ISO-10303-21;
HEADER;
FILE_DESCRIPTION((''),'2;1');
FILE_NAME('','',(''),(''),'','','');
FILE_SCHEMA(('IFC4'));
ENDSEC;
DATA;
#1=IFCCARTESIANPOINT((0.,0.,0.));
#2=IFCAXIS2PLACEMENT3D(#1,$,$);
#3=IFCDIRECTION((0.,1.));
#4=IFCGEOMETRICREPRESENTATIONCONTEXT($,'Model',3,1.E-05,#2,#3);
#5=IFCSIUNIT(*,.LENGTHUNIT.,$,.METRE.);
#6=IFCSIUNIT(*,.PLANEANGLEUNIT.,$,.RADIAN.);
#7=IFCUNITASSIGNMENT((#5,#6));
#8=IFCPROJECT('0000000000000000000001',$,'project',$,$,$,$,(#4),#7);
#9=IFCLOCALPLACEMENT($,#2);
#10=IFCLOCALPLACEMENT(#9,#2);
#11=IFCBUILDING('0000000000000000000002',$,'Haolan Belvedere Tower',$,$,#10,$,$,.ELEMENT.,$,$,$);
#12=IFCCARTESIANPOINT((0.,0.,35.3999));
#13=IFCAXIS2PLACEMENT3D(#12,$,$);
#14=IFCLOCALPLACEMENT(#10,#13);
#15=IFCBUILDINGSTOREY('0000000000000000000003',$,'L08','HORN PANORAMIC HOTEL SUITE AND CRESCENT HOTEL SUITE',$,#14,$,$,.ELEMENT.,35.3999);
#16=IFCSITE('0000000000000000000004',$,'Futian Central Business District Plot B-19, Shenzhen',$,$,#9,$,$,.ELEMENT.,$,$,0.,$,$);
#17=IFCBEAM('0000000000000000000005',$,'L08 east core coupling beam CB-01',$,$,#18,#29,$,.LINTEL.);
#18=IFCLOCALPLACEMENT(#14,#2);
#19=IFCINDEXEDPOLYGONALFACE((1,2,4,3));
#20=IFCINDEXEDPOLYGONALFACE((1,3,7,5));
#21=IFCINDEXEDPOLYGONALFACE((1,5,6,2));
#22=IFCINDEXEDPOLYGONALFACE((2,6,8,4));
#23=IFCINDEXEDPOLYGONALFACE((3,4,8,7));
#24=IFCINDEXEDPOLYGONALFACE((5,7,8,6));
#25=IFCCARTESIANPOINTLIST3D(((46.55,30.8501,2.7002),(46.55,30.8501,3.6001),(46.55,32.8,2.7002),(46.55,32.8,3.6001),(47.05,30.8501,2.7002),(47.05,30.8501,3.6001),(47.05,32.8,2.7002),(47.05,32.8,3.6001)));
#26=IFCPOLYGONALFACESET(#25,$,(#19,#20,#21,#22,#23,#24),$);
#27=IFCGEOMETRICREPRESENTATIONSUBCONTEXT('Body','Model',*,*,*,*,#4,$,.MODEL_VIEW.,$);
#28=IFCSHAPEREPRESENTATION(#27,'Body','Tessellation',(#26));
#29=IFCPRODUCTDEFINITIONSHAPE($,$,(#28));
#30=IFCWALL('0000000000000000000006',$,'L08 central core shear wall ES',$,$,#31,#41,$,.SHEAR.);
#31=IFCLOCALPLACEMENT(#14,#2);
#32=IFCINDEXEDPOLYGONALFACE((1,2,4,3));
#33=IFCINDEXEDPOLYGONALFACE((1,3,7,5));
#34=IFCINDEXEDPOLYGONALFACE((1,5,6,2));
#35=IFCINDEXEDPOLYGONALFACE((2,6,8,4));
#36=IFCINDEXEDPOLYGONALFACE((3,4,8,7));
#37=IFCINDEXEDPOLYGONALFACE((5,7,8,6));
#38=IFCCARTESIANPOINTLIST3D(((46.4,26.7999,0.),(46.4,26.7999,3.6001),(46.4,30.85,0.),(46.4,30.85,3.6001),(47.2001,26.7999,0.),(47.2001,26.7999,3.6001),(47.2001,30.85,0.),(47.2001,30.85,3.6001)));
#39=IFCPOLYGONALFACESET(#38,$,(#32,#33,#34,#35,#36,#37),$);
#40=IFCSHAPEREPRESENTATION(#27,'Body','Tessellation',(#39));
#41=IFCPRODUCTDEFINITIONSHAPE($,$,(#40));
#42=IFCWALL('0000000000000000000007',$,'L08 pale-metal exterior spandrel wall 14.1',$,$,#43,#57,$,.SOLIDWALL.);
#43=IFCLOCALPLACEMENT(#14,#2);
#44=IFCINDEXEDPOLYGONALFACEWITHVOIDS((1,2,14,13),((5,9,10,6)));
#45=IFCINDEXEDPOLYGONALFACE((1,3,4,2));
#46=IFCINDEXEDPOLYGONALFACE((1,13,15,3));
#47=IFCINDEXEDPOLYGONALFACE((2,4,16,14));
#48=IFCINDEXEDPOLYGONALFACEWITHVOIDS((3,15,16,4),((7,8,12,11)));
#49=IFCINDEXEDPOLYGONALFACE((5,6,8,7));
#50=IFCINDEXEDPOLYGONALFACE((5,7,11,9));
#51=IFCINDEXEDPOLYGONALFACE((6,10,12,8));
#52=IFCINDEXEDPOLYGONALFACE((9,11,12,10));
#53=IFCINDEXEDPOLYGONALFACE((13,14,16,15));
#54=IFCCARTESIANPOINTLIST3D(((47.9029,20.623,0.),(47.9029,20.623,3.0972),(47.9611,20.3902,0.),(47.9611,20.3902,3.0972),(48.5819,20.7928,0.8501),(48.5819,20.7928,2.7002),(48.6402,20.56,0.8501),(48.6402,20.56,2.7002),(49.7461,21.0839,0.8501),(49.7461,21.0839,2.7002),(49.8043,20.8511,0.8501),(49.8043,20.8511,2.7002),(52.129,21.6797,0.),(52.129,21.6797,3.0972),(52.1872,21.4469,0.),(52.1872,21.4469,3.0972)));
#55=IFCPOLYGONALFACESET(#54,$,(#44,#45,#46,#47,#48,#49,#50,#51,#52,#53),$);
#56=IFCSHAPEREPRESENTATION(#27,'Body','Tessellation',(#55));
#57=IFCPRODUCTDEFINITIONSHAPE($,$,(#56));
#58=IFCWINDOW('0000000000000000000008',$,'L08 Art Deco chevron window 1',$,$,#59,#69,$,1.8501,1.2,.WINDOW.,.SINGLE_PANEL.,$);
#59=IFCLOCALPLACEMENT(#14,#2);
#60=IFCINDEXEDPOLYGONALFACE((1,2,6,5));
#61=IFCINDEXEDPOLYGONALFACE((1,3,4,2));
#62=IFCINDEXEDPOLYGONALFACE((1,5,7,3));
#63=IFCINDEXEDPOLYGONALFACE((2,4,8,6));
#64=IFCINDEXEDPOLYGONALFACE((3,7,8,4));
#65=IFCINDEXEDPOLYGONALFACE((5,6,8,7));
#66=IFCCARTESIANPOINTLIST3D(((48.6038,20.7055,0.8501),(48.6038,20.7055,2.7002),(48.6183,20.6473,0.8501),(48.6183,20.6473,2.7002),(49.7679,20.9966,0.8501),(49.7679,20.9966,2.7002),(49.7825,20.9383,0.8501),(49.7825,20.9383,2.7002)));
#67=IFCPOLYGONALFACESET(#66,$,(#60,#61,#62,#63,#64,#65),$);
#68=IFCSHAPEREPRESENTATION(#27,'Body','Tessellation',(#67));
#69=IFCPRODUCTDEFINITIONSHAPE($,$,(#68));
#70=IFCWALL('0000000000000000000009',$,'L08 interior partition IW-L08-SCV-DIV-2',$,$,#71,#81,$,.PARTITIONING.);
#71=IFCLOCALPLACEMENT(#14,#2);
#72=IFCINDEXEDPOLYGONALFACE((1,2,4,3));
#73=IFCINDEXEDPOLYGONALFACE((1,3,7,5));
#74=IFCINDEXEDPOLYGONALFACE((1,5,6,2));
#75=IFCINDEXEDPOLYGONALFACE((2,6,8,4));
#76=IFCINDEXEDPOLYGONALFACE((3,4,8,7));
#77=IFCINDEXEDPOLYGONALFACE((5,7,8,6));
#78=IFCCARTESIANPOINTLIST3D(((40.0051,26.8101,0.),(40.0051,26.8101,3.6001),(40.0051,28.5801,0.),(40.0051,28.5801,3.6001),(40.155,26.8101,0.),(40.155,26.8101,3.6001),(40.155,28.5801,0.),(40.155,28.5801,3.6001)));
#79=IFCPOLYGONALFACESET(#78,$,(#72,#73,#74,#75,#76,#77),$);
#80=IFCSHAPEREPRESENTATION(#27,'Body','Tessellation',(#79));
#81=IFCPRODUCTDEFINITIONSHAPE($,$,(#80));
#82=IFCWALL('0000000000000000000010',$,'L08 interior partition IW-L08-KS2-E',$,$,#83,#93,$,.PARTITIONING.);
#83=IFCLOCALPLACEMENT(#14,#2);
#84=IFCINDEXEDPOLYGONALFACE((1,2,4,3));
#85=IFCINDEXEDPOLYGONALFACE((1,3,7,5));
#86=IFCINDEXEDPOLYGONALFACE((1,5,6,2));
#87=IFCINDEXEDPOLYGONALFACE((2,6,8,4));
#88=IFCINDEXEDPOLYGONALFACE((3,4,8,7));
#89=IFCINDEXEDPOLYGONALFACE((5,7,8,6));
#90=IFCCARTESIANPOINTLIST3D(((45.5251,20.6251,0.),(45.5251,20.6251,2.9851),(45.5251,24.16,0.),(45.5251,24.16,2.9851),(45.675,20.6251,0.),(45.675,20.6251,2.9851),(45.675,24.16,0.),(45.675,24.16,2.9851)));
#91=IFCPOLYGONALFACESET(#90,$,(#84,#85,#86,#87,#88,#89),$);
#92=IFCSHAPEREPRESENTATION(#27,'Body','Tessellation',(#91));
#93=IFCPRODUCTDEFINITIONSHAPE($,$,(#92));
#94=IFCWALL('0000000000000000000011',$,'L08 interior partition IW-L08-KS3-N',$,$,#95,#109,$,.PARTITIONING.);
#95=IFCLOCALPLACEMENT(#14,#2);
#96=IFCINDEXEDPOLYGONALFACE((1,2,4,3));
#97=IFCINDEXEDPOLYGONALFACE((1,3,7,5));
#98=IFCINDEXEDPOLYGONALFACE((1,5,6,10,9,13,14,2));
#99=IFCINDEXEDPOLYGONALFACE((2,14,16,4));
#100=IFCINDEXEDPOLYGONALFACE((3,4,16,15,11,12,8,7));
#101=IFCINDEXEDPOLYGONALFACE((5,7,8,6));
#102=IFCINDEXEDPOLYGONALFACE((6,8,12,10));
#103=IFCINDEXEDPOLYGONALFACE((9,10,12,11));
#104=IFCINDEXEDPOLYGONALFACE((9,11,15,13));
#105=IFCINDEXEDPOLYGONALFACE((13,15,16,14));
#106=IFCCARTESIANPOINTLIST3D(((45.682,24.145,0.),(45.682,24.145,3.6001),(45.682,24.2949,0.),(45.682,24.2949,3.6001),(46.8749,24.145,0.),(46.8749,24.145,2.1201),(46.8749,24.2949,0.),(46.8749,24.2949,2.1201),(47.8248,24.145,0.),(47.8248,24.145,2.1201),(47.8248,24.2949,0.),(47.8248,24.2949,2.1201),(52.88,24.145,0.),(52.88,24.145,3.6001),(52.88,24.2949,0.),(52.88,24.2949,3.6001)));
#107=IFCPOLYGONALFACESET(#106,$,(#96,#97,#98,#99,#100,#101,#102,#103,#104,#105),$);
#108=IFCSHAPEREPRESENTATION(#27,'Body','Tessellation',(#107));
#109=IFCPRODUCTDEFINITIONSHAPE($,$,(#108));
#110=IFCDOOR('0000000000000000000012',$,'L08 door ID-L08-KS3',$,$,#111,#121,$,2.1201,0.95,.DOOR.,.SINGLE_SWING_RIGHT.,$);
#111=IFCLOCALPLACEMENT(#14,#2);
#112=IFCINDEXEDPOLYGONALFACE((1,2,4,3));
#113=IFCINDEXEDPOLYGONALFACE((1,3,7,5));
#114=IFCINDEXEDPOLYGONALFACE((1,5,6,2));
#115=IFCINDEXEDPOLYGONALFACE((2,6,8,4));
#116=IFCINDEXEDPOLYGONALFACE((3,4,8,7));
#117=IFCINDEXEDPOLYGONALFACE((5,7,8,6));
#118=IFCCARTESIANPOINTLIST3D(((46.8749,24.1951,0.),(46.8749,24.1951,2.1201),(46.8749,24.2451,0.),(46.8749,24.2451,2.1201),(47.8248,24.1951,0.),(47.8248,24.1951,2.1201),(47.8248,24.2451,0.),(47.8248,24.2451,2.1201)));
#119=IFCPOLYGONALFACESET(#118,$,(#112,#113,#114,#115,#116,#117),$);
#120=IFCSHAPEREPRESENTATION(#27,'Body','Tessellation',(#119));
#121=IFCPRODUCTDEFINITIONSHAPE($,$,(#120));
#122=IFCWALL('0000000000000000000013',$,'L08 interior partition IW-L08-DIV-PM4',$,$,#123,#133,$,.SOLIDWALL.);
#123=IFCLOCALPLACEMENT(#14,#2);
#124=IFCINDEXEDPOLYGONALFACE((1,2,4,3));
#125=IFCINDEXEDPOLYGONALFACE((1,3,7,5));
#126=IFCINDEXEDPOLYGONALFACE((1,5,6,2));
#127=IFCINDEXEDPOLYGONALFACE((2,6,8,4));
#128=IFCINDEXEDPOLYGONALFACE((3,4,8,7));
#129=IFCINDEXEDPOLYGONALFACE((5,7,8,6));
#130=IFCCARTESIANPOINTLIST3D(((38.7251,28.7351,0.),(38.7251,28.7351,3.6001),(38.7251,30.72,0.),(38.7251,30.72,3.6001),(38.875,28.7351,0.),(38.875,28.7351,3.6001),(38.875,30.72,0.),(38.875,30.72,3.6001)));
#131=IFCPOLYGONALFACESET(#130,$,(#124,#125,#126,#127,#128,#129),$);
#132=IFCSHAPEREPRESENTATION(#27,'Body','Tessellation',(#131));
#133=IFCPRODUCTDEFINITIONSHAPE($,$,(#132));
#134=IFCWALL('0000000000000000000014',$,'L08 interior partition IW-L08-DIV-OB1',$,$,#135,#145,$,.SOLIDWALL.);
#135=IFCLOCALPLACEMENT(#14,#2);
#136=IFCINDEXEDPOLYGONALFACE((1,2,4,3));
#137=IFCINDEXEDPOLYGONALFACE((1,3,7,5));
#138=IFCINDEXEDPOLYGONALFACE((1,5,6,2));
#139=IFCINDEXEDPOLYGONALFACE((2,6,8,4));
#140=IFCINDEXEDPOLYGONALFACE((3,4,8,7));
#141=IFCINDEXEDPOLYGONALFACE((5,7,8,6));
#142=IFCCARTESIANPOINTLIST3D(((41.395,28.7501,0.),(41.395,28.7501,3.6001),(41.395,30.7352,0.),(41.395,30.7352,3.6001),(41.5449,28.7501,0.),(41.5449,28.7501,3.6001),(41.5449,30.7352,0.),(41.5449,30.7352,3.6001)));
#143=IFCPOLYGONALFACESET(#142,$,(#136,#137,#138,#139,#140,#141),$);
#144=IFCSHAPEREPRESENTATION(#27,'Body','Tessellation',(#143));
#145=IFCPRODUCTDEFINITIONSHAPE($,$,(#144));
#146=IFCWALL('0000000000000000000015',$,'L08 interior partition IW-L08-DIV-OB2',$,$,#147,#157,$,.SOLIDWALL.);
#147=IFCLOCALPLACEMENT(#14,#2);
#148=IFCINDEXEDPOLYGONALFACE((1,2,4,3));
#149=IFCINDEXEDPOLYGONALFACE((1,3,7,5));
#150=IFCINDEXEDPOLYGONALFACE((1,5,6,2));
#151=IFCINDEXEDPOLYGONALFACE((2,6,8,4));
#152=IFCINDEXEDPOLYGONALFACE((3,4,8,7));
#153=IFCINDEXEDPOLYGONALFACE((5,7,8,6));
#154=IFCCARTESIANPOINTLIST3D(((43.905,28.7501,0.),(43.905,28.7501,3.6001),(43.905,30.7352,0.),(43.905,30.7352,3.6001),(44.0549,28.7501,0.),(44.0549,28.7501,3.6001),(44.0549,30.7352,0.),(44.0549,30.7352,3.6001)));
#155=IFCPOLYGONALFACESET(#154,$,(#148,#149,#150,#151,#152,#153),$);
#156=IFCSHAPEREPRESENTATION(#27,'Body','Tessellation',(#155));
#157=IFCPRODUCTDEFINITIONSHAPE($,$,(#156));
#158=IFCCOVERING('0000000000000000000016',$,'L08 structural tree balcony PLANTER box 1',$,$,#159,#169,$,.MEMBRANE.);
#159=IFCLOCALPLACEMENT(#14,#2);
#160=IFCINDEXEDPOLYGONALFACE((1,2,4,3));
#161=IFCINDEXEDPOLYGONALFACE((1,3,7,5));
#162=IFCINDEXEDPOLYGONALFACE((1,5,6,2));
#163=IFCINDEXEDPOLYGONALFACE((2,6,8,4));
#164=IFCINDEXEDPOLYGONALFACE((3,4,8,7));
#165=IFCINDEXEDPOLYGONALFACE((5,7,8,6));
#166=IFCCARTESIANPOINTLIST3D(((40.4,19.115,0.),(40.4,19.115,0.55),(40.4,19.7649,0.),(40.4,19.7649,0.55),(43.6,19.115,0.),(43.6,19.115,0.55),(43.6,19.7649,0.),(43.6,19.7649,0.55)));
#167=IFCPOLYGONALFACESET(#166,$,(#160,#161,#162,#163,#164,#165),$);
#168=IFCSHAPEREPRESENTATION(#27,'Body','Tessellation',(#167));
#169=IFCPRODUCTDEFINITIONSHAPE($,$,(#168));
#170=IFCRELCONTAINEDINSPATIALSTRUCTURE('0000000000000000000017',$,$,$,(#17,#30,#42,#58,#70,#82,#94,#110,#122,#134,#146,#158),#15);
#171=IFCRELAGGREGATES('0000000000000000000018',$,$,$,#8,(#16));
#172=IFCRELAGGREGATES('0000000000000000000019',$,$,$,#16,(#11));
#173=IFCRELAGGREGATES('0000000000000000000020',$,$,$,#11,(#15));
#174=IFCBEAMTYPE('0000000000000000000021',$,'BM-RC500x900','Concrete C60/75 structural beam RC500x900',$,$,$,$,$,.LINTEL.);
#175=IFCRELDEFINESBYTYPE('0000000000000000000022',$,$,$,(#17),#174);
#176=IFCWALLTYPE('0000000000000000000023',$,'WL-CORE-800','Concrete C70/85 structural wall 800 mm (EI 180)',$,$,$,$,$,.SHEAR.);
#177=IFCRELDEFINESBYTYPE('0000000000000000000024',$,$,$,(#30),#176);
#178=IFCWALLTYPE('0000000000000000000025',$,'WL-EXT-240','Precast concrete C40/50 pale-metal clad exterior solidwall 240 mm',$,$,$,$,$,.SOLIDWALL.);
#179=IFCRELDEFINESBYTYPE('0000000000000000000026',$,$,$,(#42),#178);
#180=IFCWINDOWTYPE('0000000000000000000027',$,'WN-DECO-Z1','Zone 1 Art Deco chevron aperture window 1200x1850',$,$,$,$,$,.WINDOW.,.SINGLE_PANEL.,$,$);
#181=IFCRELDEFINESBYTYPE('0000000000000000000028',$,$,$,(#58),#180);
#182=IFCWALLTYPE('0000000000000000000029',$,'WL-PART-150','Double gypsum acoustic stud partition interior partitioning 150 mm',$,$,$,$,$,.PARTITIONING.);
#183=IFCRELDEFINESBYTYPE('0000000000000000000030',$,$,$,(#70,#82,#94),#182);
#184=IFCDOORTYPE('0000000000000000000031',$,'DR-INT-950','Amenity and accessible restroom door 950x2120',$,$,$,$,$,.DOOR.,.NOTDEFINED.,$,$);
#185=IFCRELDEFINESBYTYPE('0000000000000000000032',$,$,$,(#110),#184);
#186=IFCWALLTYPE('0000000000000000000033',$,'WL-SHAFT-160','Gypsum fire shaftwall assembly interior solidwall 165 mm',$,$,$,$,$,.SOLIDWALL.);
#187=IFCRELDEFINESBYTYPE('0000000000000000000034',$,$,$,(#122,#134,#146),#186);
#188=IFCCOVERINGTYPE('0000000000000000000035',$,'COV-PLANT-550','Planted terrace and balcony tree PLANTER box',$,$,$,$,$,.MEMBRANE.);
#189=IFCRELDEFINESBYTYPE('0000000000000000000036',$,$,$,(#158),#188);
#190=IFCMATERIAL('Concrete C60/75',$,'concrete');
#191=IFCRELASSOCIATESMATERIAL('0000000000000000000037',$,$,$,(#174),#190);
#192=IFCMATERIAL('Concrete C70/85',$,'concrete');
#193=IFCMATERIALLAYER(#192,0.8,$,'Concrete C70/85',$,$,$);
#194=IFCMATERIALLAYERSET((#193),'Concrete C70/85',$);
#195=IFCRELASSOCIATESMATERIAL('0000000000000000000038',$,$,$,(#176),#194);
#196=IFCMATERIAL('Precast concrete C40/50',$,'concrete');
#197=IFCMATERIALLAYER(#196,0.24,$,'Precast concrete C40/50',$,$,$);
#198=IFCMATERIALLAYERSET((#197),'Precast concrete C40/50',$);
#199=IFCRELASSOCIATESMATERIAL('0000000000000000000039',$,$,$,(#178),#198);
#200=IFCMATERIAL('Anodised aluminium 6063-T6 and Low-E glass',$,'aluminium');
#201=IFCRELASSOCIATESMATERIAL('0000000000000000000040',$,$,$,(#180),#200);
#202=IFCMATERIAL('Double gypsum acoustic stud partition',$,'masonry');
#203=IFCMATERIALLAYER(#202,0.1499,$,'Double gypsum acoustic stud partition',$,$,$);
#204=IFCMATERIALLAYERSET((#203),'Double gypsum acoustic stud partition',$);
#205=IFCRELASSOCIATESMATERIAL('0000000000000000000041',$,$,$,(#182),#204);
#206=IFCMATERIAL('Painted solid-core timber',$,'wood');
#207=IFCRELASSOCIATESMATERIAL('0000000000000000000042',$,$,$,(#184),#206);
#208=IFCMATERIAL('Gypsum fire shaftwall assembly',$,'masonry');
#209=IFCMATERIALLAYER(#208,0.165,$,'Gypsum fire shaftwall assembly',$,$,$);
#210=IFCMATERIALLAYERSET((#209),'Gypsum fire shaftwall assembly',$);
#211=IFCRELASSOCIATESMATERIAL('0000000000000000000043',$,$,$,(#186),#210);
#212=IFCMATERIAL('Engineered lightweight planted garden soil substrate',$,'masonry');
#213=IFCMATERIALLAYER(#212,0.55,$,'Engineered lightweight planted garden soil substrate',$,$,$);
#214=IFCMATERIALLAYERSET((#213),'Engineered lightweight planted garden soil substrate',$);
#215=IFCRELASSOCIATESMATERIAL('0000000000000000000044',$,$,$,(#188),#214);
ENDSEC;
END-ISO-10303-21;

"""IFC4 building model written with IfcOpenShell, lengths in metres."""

from ifc_helpers import new_model, si_unit, direction, frame, frame_2d, origin, origin_2d, place, context, subcontext, project, spatial, rectangle, extrude, material, layer, layer_set, material_profile, profile_set, type_object, element, fill, save


model = new_model("IFC4")

# Units and contexts
model_context = context("Model", 3, precision=1e-05, world=origin(), true_north=direction((0.0, 1.0)))
body_context = subcontext(model_context, "Body", "Model", "MODEL_VIEW")
ifc_project = project(units=[si_unit("LENGTHUNIT", "METRE"), si_unit("PLANEANGLEUNIT", "RADIAN")], contexts=[model_context])

# Site, building, storey
site_placement = place(None, origin())
site = spatial("IfcSite", under=ifc_project, at=site_placement, Name="Futian Central Business District Plot B-19, Shenzhen", CompositionType="ELEMENT", RefElevation=0.0)
building_placement = place(site_placement, origin())
building = spatial("IfcBuilding", under=site, at=building_placement, Name="Haolan Belvedere Tower", CompositionType="ELEMENT")
storey_placement = place(building_placement, frame((0.0, 0.0, 35.3999)))
storey = spatial("IfcBuildingStorey", under=building, at=storey_placement, Name="L08", Description="HORN PANORAMIC HOTEL SUITE AND CRESCENT HOTEL SUITE", CompositionType="ELEMENT", Elevation=35.3999)

# Beam
ifc_material_1 = material(Name="Concrete C60/75", Category="concrete")
ifc_material_profile_1 = material_profile(ifc_material_1, rectangle(XDim=0.5, YDim=0.8999, at=origin_2d()), Name="Concrete C60/75")
ifc_profile_set_1 = profile_set([ifc_material_profile_1], Name="Concrete C60/75")
beam_type_1 = type_object("IfcBeamType", Name="BM-RC500x900", Description="Concrete C60/75 structural beam RC500x900", PredefinedType="LINTEL", material=ifc_profile_set_1)
beam_1_placement = place(storey_placement, frame((46.8, 30.8501, 3.1501), z_axis=(0.0, 1.0, 0.0), x_axis=(-1.0, 0.0, 0.0)))
element("IfcBeam", 1, at=beam_1_placement, inside=storey, type_object=beam_type_1, Name="L08 east core coupling beam CB-01", PredefinedType="LINTEL", context=body_context, shape_type="SweptSolid", body=[
    extrude(rectangle(XDim=0.5, YDim=0.8999, at=origin_2d()), origin(), (0.0, 0.0, 1.0), 1.95),
])

# Wall
ifc_material_2 = material(Name="Concrete C70/85", Category="concrete")
ifc_layer_1 = layer(ifc_material_2, 0.8, Name="Concrete C70/85")
ifc_layer_set_1 = layer_set([ifc_layer_1], Name="Concrete C70/85")
wall_type_1 = type_object("IfcWallType", Name="WL-CORE-800", Description="Concrete C70/85 structural wall 800 mm (EI 180)", PredefinedType="SHEAR", material=ifc_layer_set_1)
wall_1_placement = place(storey_placement, frame((46.8, 26.8, 0.0), z_axis=(0.0, 0.0, 1.0), x_axis=(0.0, 1.0, 0.0)))
element("IfcWall", 2, at=wall_1_placement, inside=storey, type_object=wall_type_1, Name="L08 central core shear wall ES", PredefinedType="SHEAR", context=body_context, shape_type="SweptSolid", body=[
    extrude(rectangle(XDim=4.05, YDim=0.8, at=frame_2d((2.0249, 0.0))), origin(), (0.0, 0.0, 1.0), 3.6001),
])

# Wall, opening, window
ifc_material_3 = material(Name="Precast concrete C40/50", Category="concrete")
ifc_layer_2 = layer(ifc_material_3, 0.24, Name="Precast concrete C40/50")
ifc_layer_set_2 = layer_set([ifc_layer_2], Name="Precast concrete C40/50")
wall_type_2 = type_object("IfcWallType", Name="WL-EXT-240", Description="Precast concrete C40/50 pale-metal clad exterior solidwall 240 mm", PredefinedType="SOLIDWALL", material=ifc_layer_set_2)
wall_2_placement = place(storey_placement, frame((47.9319, 20.5066, 0.0), z_axis=(0.0, 0.0, 1.0), x_axis=(0.970136, 0.242562, 0.0)))
wall_2 = element("IfcWall", 3, at=wall_2_placement, inside=storey, type_object=wall_type_2, Name="L08 pale-metal exterior spandrel wall 14.1", PredefinedType="SOLIDWALL", context=body_context, shape_type="SweptSolid", body=[
    extrude(rectangle(XDim=4.3562, YDim=0.24, at=frame_2d((2.1782, 0.0))), origin(), (0.0, 0.0, 1.0), 3.0972),
])
opening_1_placement = place(wall_2_placement, frame((0.7, 0.0, 0.8501)))
opening_1 = element("IfcOpeningElement", 4, at=opening_1_placement, cuts=wall_2, PredefinedType="OPENING", context=body_context, shape_type="SweptSolid", body=[
    extrude(rectangle(XDim=1.2, YDim=1.8501, at=frame_2d((0.6001, 0.925))), frame((0.0, 0.1299, 0.0), z_axis=(0.0, -1.0, 0.0), x_axis=(1.0, 0.0, 0.0)), (0.0, 0.0, 1.0), 0.26),
])
ifc_material_4 = material(Name="Anodised aluminium 6063-T6 and Low-E glass", Category="aluminium")
window_type = type_object("IfcWindowType", Name="WN-DECO-Z1", Description="Zone 1 Art Deco chevron aperture window 1200x1850", PartitioningType="SINGLE_PANEL", PredefinedType="WINDOW", material=ifc_material_4)
window_placement = place(opening_1_placement, origin())
window = element("IfcWindow", 5, at=window_placement, inside=storey, type_object=window_type, Name="L08 Art Deco chevron window 1", OverallHeight=1.8501, OverallWidth=1.2, PartitioningType="SINGLE_PANEL", PredefinedType="WINDOW", context=body_context, shape_type="SweptSolid", body=[
    extrude(rectangle(XDim=1.2, YDim=1.8501, at=frame_2d((0.6001, 0.925))), frame((0.0, 0.03, 0.0), z_axis=(0.0, -1.0, 0.0), x_axis=(1.0, 0.0, 0.0)), (0.0, 0.0, 1.0), 0.0601),
])
fill(opening_1, window)

# Walls
ifc_material_5 = material(Name="Double gypsum acoustic stud partition", Category="masonry")
ifc_layer_3 = layer(ifc_material_5, 0.1499, Name="Double gypsum acoustic stud partition")
ifc_layer_set_3 = layer_set([ifc_layer_3], Name="Double gypsum acoustic stud partition")
wall_type_3 = type_object("IfcWallType", Name="WL-PART-150", Description="Double gypsum acoustic stud partition interior partitioning 150 mm", PredefinedType="PARTITIONING", material=ifc_layer_set_3)
wall_3_placement = place(storey_placement, frame((40.0801, 26.8101, 0.0), z_axis=(0.0, 0.0, 1.0), x_axis=(0.0, 1.0, 0.0)))
element("IfcWall", 6, at=wall_3_placement, inside=storey, type_object=wall_type_3, Name="L08 interior partition IW-L08-SCV-DIV-2", PredefinedType="PARTITIONING", context=body_context, shape_type="SweptSolid", body=[
    extrude(rectangle(XDim=1.77, YDim=0.1499, at=frame_2d((0.885, 0.0))), origin(), (0.0, 0.0, 1.0), 3.6001),
])
wall_4_placement = place(storey_placement, frame((45.6001, 20.625, 0.0), z_axis=(0.0, 0.0, 1.0), x_axis=(0.0, 1.0, 0.0)))
element("IfcWall", 7, at=wall_4_placement, inside=storey, type_object=wall_type_3, Name="L08 interior partition IW-L08-KS2-E", PredefinedType="PARTITIONING", context=body_context, shape_type="SweptSolid", body=[
    extrude(rectangle(XDim=3.5349, YDim=0.1499, at=frame_2d((1.7676, 0.0))), origin(), (0.0, 0.0, 1.0), 2.9851),
])

# Wall, opening, door
wall_5_placement = place(storey_placement, frame((45.6819, 24.22, 0.0), z_axis=(0.0, 0.0, 1.0), x_axis=(1.0, 0.0, 0.0)))
wall_5 = element("IfcWall", 8, at=wall_5_placement, inside=storey, type_object=wall_type_3, Name="L08 interior partition IW-L08-KS3-N", PredefinedType="PARTITIONING", context=body_context, shape_type="SweptSolid", body=[
    extrude(rectangle(XDim=7.198, YDim=0.1499, at=frame_2d((3.5991, 0.0))), origin(), (0.0, 0.0, 1.0), 3.6001),
])
opening_2_placement = place(wall_5_placement, frame((2.1431, 0.0, 0.0), z_axis=(0.0, 0.0, 1.0), x_axis=(-1.0, 0.0, 0.0)))
opening_2 = element("IfcOpeningElement", 9, at=opening_2_placement, cuts=wall_5, PredefinedType="OPENING", context=body_context, shape_type="SweptSolid", body=[
    extrude(rectangle(XDim=0.95, YDim=2.1201, at=frame_2d((0.4751, 1.0601))), frame((0.0, 0.085, 0.0), z_axis=(0.0, -1.0, 0.0), x_axis=(1.0, 0.0, 0.0)), (0.0, 0.0, 1.0), 0.1699),
])
ifc_material_6 = material(Name="Painted solid-core timber", Category="wood")
door_type = type_object("IfcDoorType", Name="DR-INT-950", Description="Amenity and accessible restroom door 950x2120", OperationType="NOTDEFINED", PredefinedType="DOOR", material=ifc_material_6)
door_placement = place(opening_2_placement, origin())
door = element("IfcDoor", 10, at=door_placement, inside=storey, type_object=door_type, Name="L08 door ID-L08-KS3", OperationType="SINGLE_SWING_RIGHT", OverallHeight=2.1201, OverallWidth=0.95, PredefinedType="DOOR", context=body_context, shape_type="SweptSolid", body=[
    extrude(rectangle(XDim=0.95, YDim=2.1201, at=frame_2d((0.4751, 1.0601))), frame((0.0, 0.0249, 0.0), z_axis=(0.0, -1.0, 0.0), x_axis=(1.0, 0.0, 0.0)), (0.0, 0.0, 1.0), 0.05),
])
fill(opening_2, door)

# Walls
ifc_material_7 = material(Name="Gypsum fire shaftwall assembly", Category="masonry")
ifc_layer_4 = layer(ifc_material_7, 0.165, Name="Gypsum fire shaftwall assembly")
ifc_layer_set_4 = layer_set([ifc_layer_4], Name="Gypsum fire shaftwall assembly")
wall_type_4 = type_object("IfcWallType", Name="WL-SHAFT-160", Description="Gypsum fire shaftwall assembly interior solidwall 165 mm", PredefinedType="SOLIDWALL", material=ifc_layer_set_4)
wall_6_placement = place(storey_placement, frame((38.8, 28.7351, 0.0), z_axis=(0.0, 0.0, 1.0), x_axis=(0.0, 1.0, 0.0)))
element("IfcWall", 11, at=wall_6_placement, inside=storey, type_object=wall_type_4, Name="L08 interior partition IW-L08-DIV-PM4", PredefinedType="SOLIDWALL", context=body_context, shape_type="SweptSolid", body=[
    extrude(rectangle(XDim=1.9849, YDim=0.1499, at=frame_2d((0.9924, 0.0))), origin(), (0.0, 0.0, 1.0), 3.6001),
])
for number, where, z_axis, x_axis, name in (
    (12, (41.47, 28.75, 0.0), (0.0, 0.0, 1.0), (0.0, 1.0, 0.0), "L08 interior partition IW-L08-DIV-OB1"),
    (13, (43.98, 28.75, 0.0), (0.0, 0.0, 1.0), (0.0, 1.0, 0.0), "L08 interior partition IW-L08-DIV-OB2"),
):
    element("IfcWall", number, at=place(storey_placement, frame(where, z_axis=z_axis, x_axis=x_axis)), inside=storey, type_object=wall_type_4, Name=name, PredefinedType="SOLIDWALL", context=body_context, shape_type="SweptSolid", body=[
        extrude(rectangle(XDim=1.9851, YDim=0.1499, at=frame_2d((0.9927, 0.0))), origin(), (0.0, 0.0, 1.0), 3.6001),
    ])

# Covering
ifc_material_8 = material(Name="Engineered lightweight planted garden soil substrate", Category="masonry")
ifc_layer_5 = layer(ifc_material_8, 0.55, Name="Engineered lightweight planted garden soil substrate")
ifc_layer_set_5 = layer_set([ifc_layer_5], Name="Engineered lightweight planted garden soil substrate")
covering_type = type_object("IfcCoveringType", Name="COV-PLANT-550", Description="Planted terrace and balcony tree PLANTER box", PredefinedType="MEMBRANE", material=ifc_layer_set_5)
covering_placement = place(storey_placement, frame((42.0, 19.4399, 0.0), z_axis=(0.0, 0.0, 1.0), x_axis=(1.0, 0.0, 0.0)))
element("IfcCovering", 14, at=covering_placement, inside=storey, type_object=covering_type, Name="L08 structural tree balcony PLANTER box 1", PredefinedType="MEMBRANE", context=body_context, shape_type="SweptSolid", body=[
    extrude(rectangle(XDim=3.2, YDim=0.6499, at=origin_2d()), origin(), (0.0, 0.0, 1.0), 0.55),
])

save(model, "model.ifc")
